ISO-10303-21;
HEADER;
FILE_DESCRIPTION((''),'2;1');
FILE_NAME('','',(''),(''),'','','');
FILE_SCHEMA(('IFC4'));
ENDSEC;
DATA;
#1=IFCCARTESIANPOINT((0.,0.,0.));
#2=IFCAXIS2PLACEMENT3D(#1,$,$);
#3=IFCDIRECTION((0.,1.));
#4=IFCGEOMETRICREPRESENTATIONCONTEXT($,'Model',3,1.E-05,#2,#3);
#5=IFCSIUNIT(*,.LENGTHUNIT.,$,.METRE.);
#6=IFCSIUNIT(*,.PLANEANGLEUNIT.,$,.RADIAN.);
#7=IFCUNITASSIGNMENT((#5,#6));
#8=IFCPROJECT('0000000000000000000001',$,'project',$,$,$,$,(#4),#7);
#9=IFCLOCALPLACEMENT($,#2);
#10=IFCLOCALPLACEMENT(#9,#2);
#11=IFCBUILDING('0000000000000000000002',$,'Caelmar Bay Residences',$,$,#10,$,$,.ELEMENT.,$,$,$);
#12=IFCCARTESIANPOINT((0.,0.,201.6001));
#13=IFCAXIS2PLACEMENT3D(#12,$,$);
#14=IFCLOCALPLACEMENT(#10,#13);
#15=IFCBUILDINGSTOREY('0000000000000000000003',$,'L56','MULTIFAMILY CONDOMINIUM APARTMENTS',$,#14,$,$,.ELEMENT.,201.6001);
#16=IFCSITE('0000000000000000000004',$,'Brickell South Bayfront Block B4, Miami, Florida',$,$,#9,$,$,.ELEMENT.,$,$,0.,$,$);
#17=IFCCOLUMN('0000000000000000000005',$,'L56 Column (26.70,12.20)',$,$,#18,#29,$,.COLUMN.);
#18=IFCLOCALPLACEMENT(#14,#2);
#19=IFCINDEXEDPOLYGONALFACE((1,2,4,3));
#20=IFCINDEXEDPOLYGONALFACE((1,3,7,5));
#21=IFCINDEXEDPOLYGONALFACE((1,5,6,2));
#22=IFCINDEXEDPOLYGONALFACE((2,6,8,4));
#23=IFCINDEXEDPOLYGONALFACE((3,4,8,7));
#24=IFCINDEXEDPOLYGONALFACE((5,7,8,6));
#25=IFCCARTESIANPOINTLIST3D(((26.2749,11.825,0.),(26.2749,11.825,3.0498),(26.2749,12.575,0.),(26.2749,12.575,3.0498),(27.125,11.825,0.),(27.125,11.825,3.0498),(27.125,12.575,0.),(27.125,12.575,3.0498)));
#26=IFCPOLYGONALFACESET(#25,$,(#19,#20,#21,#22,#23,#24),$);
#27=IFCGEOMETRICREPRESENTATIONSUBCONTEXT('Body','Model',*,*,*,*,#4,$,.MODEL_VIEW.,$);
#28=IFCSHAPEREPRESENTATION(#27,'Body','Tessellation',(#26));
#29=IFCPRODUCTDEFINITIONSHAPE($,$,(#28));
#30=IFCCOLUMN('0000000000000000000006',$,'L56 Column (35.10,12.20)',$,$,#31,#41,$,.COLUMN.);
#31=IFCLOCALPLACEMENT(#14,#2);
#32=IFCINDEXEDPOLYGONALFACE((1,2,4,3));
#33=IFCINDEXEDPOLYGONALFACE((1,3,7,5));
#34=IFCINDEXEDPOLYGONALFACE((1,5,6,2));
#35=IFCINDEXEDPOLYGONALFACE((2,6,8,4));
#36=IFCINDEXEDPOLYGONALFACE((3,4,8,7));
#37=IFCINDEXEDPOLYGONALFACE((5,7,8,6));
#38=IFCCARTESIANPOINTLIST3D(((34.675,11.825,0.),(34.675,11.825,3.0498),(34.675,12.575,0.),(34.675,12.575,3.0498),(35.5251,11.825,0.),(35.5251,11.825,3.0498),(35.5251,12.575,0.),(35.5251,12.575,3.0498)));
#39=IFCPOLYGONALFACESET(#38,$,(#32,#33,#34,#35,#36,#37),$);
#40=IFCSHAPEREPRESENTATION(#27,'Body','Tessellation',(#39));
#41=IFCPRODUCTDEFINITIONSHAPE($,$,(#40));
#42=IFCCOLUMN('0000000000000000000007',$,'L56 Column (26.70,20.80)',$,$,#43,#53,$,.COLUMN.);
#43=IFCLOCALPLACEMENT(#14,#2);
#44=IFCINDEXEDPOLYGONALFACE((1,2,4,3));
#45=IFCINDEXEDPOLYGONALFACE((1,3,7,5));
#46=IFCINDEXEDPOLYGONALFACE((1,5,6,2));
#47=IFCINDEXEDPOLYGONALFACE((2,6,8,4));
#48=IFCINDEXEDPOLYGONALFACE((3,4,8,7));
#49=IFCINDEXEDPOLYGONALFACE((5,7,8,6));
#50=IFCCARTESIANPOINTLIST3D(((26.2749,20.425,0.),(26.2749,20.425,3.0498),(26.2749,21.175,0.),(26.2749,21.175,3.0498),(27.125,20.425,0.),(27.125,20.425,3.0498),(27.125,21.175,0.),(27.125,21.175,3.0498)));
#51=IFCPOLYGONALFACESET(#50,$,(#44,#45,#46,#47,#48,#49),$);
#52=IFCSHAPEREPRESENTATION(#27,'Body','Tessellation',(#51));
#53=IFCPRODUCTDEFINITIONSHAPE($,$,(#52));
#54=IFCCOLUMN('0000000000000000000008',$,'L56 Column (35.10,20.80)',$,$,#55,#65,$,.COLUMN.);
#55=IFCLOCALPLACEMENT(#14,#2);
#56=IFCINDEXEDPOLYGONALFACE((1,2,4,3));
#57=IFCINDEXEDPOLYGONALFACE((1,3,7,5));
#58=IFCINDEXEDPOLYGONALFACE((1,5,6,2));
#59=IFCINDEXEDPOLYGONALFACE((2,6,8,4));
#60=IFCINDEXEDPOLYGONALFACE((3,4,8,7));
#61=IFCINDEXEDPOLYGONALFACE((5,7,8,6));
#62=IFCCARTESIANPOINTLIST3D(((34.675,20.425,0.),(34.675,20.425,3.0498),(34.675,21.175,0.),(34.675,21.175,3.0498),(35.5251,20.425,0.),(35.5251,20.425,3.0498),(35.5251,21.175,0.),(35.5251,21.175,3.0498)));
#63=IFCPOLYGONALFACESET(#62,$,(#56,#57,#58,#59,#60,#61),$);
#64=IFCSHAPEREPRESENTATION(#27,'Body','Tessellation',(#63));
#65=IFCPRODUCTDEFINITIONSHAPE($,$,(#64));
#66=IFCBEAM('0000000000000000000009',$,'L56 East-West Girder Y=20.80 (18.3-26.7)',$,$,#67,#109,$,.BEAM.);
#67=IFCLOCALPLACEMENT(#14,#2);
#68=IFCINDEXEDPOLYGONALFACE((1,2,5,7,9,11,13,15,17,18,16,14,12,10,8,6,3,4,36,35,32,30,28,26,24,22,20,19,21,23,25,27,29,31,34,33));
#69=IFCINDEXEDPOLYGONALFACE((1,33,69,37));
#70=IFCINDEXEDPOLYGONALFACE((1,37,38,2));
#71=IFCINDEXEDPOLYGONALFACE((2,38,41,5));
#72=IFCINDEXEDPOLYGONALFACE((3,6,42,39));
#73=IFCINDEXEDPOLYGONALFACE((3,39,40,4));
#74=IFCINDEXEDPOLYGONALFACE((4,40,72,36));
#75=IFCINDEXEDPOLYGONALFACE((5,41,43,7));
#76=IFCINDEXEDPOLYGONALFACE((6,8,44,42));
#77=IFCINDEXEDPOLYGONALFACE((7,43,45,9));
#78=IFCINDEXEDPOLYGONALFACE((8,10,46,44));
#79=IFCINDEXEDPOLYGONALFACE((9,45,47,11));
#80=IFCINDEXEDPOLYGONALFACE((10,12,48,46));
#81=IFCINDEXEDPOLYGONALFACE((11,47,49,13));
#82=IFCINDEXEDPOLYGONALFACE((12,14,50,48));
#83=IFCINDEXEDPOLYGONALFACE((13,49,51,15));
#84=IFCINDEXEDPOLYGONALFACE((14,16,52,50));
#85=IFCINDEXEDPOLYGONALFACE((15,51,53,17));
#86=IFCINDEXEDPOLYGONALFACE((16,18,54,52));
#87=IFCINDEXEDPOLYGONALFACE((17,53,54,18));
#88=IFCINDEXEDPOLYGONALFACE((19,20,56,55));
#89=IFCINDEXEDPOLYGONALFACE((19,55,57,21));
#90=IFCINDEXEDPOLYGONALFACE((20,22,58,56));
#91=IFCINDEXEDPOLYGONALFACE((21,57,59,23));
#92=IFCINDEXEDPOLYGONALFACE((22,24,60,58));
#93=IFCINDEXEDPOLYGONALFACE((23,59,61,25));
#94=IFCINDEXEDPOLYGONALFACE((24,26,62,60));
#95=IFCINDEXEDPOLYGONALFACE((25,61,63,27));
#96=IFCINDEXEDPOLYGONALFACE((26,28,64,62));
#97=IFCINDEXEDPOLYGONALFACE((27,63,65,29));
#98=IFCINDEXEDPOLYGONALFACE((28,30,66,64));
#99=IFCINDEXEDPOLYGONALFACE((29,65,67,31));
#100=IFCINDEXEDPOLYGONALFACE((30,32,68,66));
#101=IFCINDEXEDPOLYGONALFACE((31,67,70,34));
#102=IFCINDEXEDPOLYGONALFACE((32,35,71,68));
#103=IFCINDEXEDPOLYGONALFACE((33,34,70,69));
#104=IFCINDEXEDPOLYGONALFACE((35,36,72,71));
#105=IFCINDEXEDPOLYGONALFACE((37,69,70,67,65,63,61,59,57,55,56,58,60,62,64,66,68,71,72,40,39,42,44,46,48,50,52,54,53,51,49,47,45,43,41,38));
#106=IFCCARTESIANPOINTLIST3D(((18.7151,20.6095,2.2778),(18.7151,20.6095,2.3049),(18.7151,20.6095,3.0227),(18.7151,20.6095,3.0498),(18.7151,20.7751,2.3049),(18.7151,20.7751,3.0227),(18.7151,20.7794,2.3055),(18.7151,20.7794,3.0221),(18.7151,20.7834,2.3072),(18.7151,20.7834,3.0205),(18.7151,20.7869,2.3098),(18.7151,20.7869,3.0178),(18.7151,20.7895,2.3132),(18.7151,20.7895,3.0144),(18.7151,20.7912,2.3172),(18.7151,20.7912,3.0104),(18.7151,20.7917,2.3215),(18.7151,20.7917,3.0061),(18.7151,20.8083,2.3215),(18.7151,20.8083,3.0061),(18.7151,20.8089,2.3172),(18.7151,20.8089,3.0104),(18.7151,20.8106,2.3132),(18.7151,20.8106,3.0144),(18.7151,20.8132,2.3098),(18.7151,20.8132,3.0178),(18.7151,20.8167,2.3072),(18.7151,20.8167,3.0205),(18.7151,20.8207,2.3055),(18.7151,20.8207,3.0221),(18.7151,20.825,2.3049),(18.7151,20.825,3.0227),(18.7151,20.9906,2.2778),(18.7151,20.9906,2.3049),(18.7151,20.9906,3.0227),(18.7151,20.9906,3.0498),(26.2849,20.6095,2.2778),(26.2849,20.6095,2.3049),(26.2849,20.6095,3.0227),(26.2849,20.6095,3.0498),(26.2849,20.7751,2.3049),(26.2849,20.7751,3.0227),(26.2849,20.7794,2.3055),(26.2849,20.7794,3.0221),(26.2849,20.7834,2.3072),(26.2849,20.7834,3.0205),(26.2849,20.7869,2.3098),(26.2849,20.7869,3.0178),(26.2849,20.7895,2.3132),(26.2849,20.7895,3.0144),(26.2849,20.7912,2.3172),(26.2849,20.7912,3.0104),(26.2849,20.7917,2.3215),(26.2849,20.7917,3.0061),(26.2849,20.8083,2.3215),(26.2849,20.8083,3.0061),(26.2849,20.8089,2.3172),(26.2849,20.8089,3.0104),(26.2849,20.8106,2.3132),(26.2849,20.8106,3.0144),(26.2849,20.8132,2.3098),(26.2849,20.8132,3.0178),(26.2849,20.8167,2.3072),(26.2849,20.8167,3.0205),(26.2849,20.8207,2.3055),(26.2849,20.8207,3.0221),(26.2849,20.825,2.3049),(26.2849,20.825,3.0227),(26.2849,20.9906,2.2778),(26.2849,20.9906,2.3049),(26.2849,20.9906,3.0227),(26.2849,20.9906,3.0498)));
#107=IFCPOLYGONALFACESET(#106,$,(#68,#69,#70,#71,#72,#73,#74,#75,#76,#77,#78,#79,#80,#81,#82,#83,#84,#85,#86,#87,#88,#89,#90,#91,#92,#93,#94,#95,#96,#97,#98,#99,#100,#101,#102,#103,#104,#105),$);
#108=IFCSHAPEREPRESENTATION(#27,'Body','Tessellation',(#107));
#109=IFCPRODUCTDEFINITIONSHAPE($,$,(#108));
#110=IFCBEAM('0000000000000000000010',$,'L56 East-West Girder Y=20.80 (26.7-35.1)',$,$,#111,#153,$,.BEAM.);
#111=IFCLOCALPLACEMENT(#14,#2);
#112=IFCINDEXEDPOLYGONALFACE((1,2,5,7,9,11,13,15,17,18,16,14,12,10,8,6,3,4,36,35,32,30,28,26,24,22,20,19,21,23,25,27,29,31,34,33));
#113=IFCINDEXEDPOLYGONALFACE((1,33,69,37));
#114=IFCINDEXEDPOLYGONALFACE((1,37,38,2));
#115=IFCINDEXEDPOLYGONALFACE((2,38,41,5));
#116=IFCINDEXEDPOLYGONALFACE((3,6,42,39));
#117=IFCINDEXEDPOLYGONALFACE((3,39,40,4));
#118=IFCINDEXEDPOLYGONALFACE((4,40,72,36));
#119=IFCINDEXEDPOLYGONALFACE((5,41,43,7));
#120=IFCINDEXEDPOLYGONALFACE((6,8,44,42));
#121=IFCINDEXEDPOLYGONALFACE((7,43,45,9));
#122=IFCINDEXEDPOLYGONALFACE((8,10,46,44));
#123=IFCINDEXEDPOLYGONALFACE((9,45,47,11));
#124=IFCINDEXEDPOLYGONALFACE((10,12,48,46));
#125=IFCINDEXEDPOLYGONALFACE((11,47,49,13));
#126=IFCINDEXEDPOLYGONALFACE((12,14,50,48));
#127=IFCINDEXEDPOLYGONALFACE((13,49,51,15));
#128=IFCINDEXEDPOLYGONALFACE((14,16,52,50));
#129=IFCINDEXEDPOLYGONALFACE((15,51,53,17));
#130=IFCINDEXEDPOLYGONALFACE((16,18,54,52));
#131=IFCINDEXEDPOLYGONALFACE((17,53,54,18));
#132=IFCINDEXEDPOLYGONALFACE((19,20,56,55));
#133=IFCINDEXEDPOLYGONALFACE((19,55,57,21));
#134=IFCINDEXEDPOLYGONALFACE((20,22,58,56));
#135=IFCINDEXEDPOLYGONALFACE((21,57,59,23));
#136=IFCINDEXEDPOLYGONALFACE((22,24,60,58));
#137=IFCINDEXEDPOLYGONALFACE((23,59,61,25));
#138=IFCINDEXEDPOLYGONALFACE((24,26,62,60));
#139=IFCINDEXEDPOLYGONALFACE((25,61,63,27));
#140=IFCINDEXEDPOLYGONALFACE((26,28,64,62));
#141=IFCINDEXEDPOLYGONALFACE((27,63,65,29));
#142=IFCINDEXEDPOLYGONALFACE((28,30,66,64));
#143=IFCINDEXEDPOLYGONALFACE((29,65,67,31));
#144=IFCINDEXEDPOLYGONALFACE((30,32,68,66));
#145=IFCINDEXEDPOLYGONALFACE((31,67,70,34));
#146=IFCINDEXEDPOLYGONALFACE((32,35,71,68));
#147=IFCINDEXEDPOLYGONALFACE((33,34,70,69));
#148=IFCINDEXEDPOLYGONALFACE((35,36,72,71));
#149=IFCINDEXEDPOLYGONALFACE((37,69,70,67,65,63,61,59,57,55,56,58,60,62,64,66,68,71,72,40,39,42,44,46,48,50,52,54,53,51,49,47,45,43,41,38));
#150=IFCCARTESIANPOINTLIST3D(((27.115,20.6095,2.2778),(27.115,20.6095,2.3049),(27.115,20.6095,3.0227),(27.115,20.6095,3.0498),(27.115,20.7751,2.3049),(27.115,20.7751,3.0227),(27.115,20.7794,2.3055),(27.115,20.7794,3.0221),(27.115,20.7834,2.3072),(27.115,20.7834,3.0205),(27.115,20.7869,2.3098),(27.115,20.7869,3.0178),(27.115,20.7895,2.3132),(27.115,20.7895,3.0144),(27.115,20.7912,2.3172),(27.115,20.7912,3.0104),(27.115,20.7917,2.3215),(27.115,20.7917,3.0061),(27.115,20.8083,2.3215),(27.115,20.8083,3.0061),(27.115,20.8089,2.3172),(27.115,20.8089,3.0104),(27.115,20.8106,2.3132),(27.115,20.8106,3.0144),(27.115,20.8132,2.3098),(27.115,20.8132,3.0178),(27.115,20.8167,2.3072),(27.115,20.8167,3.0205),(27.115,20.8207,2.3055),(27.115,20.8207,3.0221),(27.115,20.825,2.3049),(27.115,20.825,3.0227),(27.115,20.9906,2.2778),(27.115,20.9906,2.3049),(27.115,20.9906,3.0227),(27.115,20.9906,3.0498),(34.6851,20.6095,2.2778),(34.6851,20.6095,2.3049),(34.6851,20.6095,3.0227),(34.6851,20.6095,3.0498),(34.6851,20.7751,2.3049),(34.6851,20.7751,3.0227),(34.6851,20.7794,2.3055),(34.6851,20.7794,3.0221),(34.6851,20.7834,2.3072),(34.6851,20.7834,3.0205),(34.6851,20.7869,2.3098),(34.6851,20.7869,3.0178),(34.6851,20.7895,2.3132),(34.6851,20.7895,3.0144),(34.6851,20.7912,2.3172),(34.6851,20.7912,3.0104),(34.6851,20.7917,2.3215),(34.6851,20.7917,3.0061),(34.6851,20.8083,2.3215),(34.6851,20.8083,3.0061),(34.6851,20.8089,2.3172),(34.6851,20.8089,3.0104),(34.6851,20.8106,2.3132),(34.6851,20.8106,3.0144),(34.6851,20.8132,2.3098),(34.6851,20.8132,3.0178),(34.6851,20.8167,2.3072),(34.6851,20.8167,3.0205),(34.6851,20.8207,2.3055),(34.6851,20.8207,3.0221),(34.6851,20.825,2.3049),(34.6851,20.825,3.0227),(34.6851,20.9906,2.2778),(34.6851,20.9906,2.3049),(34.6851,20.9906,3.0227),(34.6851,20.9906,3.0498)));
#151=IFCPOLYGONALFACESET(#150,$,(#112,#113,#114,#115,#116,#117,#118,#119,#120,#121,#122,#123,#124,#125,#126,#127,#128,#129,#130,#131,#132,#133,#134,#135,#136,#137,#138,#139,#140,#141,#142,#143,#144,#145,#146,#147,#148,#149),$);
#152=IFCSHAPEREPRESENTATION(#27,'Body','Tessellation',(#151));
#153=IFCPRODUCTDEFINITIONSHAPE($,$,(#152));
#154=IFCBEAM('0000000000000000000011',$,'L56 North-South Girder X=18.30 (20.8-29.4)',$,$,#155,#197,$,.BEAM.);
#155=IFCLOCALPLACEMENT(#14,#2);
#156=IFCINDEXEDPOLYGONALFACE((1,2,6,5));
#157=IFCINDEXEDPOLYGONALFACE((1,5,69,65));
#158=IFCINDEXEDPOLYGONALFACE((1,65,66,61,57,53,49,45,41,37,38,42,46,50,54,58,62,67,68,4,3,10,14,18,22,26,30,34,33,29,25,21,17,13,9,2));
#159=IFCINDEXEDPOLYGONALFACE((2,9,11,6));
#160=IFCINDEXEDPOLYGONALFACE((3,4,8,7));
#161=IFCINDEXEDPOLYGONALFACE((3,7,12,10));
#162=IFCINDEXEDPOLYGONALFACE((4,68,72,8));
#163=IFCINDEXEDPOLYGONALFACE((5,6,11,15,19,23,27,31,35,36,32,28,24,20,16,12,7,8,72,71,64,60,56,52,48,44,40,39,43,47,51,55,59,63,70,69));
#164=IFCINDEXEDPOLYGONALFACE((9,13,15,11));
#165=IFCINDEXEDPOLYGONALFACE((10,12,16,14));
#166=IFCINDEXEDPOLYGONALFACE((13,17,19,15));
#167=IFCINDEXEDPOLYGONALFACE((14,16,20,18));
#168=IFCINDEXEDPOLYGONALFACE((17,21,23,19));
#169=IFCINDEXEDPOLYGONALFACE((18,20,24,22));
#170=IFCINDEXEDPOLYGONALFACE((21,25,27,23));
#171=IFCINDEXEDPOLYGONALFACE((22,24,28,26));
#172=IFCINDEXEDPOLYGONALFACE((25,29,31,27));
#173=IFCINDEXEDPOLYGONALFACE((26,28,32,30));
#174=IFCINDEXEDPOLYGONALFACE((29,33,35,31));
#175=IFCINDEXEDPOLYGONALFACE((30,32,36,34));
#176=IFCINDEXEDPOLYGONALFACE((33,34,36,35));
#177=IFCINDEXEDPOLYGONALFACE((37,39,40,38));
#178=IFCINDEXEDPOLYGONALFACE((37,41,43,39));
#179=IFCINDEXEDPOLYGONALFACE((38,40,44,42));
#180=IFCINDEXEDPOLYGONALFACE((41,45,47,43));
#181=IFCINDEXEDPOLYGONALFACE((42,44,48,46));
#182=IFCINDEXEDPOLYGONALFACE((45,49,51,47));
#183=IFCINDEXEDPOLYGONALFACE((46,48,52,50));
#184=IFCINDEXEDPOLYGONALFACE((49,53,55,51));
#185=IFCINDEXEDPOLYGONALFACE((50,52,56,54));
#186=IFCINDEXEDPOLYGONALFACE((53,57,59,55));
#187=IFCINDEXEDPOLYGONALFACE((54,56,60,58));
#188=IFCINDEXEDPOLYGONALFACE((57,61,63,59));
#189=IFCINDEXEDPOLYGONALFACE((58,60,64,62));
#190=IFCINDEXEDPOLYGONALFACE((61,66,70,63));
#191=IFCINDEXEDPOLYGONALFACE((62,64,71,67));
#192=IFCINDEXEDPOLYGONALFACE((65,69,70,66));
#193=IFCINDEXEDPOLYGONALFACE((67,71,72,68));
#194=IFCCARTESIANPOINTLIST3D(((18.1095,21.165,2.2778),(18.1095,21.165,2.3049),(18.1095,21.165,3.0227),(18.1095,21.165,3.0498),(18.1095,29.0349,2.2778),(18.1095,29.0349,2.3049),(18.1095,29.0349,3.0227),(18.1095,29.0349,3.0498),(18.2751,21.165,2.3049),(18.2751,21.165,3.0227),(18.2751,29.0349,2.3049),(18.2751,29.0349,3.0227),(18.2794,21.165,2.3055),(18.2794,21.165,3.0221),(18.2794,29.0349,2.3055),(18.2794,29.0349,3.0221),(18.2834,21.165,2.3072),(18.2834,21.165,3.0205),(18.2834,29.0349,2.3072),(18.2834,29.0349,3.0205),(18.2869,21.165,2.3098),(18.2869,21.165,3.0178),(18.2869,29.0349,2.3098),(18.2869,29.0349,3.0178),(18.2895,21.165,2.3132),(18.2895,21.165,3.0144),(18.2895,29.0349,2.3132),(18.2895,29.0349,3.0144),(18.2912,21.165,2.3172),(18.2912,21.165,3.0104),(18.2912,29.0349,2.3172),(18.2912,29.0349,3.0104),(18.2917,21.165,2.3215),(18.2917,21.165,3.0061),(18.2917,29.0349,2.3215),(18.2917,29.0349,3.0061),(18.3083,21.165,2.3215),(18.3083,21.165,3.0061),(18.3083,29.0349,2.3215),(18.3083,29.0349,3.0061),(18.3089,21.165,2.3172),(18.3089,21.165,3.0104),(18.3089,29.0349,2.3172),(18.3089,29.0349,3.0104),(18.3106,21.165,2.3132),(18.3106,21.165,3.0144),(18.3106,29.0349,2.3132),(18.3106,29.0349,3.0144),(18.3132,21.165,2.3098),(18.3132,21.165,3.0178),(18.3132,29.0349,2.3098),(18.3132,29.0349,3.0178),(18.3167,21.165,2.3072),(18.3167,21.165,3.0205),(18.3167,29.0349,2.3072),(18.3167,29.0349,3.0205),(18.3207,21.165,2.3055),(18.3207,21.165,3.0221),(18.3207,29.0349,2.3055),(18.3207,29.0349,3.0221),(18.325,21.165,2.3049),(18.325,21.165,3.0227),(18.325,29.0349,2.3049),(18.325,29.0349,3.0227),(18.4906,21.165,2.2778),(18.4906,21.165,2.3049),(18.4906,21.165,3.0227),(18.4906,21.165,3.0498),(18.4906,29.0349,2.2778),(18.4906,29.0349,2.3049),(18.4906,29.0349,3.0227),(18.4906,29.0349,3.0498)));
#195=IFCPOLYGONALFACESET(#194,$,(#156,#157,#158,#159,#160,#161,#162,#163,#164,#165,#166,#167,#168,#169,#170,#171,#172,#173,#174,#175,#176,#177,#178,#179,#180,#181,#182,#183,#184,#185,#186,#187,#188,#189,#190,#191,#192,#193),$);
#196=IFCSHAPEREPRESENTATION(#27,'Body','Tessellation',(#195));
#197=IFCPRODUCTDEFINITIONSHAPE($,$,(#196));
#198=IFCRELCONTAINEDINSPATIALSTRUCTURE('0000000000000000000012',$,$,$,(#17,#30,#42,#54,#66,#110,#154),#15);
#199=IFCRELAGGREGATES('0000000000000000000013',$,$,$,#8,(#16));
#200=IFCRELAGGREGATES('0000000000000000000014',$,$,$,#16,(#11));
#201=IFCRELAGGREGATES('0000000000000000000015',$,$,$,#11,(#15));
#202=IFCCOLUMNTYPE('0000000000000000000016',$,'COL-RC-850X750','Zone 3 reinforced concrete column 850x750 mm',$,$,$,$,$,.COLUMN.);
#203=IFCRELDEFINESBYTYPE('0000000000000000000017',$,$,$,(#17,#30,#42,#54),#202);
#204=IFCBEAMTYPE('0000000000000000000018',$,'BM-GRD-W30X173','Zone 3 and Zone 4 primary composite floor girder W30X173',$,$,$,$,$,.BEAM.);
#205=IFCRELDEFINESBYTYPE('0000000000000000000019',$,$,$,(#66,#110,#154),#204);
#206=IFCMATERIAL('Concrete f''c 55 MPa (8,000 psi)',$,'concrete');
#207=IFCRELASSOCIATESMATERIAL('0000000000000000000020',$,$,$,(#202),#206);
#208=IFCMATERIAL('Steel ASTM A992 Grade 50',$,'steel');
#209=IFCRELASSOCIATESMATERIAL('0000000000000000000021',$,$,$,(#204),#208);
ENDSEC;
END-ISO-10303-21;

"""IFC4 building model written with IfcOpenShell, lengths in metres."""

from ifc_helpers import new_model, si_unit, direction, frame, origin, origin_2d, place, context, subcontext, project, spatial, rectangle, i_section, extrude, material, material_profile, profile_set, type_object, element, save


model = new_model("IFC4")

# Units and contexts
model_context = context("Model", 3, precision=1e-05, world=origin(), true_north=direction((0.0, 1.0)))
body_context = subcontext(model_context, "Body", "Model", "MODEL_VIEW")
ifc_project = project(units=[si_unit("LENGTHUNIT", "METRE"), si_unit("PLANEANGLEUNIT", "RADIAN")], contexts=[model_context])

# Site, building, storey
site_placement = place(None, origin())
site = spatial("IfcSite", under=ifc_project, at=site_placement, Name="Brickell South Bayfront Block B4, Miami, Florida", CompositionType="ELEMENT", RefElevation=0.0)
building_placement = place(site_placement, origin())
building = spatial("IfcBuilding", under=site, at=building_placement, Name="Caelmar Bay Residences", CompositionType="ELEMENT")
storey_placement = place(building_placement, frame((0.0, 0.0, 201.6001)))
storey = spatial("IfcBuildingStorey", under=building, at=storey_placement, Name="L56", Description="MULTIFAMILY CONDOMINIUM APARTMENTS", CompositionType="ELEMENT", Elevation=201.6001)

# Columns
ifc_material_1 = material(Name="Concrete f'c 55 MPa (8,000 psi)", Category="concrete")
ifc_material_profile_1 = material_profile(ifc_material_1, rectangle(XDim=0.8501, YDim=0.75, at=origin_2d()), Name="RC-COL-850X750")
ifc_profile_set_1 = profile_set([ifc_material_profile_1], Name="Concrete f'c 55 MPa (8,000 psi)")
column_type = type_object("IfcColumnType", Name="COL-RC-850X750", Description="Zone 3 reinforced concrete column 850x750 mm", PredefinedType="COLUMN", material=ifc_profile_set_1)
for number, where, z_axis, x_axis, name in (
    (1, (26.7, 12.2, 0.0), (0.0, 0.0, 1.0), (1.0, 0.0, 0.0), "L56 Column (26.70,12.20)"),
    (2, (35.1001, 12.2, 0.0), (0.0, 0.0, 1.0), (1.0, 0.0, 0.0), "L56 Column (35.10,12.20)"),
    (3, (26.7, 20.8, 0.0), (0.0, 0.0, 1.0), (1.0, 0.0, 0.0), "L56 Column (26.70,20.80)"),
    (4, (35.1001, 20.8, 0.0), (0.0, 0.0, 1.0), (1.0, 0.0, 0.0), "L56 Column (35.10,20.80)"),
):
    element("IfcColumn", number, at=place(storey_placement, frame(where, z_axis=z_axis, x_axis=x_axis)), inside=storey, type_object=column_type, Name=name, PredefinedType="COLUMN", context=body_context, shape_type="SweptSolid", body=[
        extrude(rectangle(XDim=0.8501, YDim=0.75, at=origin_2d()), origin(), (0.0, 0.0, 1.0), 3.0498),
    ])

# Beams
ifc_material_2 = material(Name="Steel ASTM A992 Grade 50", Category="steel")
ifc_material_profile_2 = material_profile(ifc_material_2, i_section(OverallWidth=0.3811, OverallDepth=0.772, WebThickness=0.0166, FlangeThickness=0.0271, FilletRadius=0.0166, at=origin_2d()), Name="W30X173")
ifc_profile_set_2 = profile_set([ifc_material_profile_2], Name="Steel ASTM A992 Grade 50")
beam_type_1 = type_object("IfcBeamType", Name="BM-GRD-W30X173", Description="Zone 3 and Zone 4 primary composite floor girder W30X173", PredefinedType="BEAM", material=ifc_profile_set_2)
beam_1_placement = place(storey_placement, frame((18.7151, 20.8, 2.6638), z_axis=(1.0, 0.0, 0.0), x_axis=(0.0, 1.0, 0.0)))
element("IfcBeam", 5, at=beam_1_placement, inside=storey, type_object=beam_type_1, Name="L56 East-West Girder Y=20.80 (18.3-26.7)", PredefinedType="BEAM", context=body_context, shape_type="SweptSolid", body=[
    extrude(i_section(OverallWidth=0.3811, OverallDepth=0.772, WebThickness=0.0166, FlangeThickness=0.0271, FilletRadius=0.0166, at=origin_2d()), origin(), (0.0, 0.0, 1.0), 7.5698),
])
beam_2_placement = place(storey_placement, frame((27.115, 20.8, 2.6638), z_axis=(1.0, 0.0, 0.0), x_axis=(0.0, 1.0, 0.0)))
element("IfcBeam", 6, at=beam_2_placement, inside=storey, type_object=beam_type_1, Name="L56 East-West Girder Y=20.80 (26.7-35.1)", PredefinedType="BEAM", context=body_context, shape_type="SweptSolid", body=[
    extrude(i_section(OverallWidth=0.3811, OverallDepth=0.772, WebThickness=0.0166, FlangeThickness=0.0271, FilletRadius=0.0166, at=origin_2d()), origin(), (0.0, 0.0, 1.0), 7.5701),
])
beam_3_placement = place(storey_placement, frame((18.3, 21.165, 2.6638), z_axis=(0.0, 1.0, 0.0), x_axis=(-1.0, 0.0, 0.0)))
element("IfcBeam", 7, at=beam_3_placement, inside=storey, type_object=beam_type_1, Name="L56 North-South Girder X=18.30 (20.8-29.4)", PredefinedType="BEAM", context=body_context, shape_type="SweptSolid", body=[
    extrude(i_section(OverallWidth=0.3811, OverallDepth=0.772, WebThickness=0.0166, FlangeThickness=0.0271, FilletRadius=0.0166, at=origin_2d()), origin(), (0.0, 0.0, 1.0), 7.8699),
])

save(model, "model.ifc")
